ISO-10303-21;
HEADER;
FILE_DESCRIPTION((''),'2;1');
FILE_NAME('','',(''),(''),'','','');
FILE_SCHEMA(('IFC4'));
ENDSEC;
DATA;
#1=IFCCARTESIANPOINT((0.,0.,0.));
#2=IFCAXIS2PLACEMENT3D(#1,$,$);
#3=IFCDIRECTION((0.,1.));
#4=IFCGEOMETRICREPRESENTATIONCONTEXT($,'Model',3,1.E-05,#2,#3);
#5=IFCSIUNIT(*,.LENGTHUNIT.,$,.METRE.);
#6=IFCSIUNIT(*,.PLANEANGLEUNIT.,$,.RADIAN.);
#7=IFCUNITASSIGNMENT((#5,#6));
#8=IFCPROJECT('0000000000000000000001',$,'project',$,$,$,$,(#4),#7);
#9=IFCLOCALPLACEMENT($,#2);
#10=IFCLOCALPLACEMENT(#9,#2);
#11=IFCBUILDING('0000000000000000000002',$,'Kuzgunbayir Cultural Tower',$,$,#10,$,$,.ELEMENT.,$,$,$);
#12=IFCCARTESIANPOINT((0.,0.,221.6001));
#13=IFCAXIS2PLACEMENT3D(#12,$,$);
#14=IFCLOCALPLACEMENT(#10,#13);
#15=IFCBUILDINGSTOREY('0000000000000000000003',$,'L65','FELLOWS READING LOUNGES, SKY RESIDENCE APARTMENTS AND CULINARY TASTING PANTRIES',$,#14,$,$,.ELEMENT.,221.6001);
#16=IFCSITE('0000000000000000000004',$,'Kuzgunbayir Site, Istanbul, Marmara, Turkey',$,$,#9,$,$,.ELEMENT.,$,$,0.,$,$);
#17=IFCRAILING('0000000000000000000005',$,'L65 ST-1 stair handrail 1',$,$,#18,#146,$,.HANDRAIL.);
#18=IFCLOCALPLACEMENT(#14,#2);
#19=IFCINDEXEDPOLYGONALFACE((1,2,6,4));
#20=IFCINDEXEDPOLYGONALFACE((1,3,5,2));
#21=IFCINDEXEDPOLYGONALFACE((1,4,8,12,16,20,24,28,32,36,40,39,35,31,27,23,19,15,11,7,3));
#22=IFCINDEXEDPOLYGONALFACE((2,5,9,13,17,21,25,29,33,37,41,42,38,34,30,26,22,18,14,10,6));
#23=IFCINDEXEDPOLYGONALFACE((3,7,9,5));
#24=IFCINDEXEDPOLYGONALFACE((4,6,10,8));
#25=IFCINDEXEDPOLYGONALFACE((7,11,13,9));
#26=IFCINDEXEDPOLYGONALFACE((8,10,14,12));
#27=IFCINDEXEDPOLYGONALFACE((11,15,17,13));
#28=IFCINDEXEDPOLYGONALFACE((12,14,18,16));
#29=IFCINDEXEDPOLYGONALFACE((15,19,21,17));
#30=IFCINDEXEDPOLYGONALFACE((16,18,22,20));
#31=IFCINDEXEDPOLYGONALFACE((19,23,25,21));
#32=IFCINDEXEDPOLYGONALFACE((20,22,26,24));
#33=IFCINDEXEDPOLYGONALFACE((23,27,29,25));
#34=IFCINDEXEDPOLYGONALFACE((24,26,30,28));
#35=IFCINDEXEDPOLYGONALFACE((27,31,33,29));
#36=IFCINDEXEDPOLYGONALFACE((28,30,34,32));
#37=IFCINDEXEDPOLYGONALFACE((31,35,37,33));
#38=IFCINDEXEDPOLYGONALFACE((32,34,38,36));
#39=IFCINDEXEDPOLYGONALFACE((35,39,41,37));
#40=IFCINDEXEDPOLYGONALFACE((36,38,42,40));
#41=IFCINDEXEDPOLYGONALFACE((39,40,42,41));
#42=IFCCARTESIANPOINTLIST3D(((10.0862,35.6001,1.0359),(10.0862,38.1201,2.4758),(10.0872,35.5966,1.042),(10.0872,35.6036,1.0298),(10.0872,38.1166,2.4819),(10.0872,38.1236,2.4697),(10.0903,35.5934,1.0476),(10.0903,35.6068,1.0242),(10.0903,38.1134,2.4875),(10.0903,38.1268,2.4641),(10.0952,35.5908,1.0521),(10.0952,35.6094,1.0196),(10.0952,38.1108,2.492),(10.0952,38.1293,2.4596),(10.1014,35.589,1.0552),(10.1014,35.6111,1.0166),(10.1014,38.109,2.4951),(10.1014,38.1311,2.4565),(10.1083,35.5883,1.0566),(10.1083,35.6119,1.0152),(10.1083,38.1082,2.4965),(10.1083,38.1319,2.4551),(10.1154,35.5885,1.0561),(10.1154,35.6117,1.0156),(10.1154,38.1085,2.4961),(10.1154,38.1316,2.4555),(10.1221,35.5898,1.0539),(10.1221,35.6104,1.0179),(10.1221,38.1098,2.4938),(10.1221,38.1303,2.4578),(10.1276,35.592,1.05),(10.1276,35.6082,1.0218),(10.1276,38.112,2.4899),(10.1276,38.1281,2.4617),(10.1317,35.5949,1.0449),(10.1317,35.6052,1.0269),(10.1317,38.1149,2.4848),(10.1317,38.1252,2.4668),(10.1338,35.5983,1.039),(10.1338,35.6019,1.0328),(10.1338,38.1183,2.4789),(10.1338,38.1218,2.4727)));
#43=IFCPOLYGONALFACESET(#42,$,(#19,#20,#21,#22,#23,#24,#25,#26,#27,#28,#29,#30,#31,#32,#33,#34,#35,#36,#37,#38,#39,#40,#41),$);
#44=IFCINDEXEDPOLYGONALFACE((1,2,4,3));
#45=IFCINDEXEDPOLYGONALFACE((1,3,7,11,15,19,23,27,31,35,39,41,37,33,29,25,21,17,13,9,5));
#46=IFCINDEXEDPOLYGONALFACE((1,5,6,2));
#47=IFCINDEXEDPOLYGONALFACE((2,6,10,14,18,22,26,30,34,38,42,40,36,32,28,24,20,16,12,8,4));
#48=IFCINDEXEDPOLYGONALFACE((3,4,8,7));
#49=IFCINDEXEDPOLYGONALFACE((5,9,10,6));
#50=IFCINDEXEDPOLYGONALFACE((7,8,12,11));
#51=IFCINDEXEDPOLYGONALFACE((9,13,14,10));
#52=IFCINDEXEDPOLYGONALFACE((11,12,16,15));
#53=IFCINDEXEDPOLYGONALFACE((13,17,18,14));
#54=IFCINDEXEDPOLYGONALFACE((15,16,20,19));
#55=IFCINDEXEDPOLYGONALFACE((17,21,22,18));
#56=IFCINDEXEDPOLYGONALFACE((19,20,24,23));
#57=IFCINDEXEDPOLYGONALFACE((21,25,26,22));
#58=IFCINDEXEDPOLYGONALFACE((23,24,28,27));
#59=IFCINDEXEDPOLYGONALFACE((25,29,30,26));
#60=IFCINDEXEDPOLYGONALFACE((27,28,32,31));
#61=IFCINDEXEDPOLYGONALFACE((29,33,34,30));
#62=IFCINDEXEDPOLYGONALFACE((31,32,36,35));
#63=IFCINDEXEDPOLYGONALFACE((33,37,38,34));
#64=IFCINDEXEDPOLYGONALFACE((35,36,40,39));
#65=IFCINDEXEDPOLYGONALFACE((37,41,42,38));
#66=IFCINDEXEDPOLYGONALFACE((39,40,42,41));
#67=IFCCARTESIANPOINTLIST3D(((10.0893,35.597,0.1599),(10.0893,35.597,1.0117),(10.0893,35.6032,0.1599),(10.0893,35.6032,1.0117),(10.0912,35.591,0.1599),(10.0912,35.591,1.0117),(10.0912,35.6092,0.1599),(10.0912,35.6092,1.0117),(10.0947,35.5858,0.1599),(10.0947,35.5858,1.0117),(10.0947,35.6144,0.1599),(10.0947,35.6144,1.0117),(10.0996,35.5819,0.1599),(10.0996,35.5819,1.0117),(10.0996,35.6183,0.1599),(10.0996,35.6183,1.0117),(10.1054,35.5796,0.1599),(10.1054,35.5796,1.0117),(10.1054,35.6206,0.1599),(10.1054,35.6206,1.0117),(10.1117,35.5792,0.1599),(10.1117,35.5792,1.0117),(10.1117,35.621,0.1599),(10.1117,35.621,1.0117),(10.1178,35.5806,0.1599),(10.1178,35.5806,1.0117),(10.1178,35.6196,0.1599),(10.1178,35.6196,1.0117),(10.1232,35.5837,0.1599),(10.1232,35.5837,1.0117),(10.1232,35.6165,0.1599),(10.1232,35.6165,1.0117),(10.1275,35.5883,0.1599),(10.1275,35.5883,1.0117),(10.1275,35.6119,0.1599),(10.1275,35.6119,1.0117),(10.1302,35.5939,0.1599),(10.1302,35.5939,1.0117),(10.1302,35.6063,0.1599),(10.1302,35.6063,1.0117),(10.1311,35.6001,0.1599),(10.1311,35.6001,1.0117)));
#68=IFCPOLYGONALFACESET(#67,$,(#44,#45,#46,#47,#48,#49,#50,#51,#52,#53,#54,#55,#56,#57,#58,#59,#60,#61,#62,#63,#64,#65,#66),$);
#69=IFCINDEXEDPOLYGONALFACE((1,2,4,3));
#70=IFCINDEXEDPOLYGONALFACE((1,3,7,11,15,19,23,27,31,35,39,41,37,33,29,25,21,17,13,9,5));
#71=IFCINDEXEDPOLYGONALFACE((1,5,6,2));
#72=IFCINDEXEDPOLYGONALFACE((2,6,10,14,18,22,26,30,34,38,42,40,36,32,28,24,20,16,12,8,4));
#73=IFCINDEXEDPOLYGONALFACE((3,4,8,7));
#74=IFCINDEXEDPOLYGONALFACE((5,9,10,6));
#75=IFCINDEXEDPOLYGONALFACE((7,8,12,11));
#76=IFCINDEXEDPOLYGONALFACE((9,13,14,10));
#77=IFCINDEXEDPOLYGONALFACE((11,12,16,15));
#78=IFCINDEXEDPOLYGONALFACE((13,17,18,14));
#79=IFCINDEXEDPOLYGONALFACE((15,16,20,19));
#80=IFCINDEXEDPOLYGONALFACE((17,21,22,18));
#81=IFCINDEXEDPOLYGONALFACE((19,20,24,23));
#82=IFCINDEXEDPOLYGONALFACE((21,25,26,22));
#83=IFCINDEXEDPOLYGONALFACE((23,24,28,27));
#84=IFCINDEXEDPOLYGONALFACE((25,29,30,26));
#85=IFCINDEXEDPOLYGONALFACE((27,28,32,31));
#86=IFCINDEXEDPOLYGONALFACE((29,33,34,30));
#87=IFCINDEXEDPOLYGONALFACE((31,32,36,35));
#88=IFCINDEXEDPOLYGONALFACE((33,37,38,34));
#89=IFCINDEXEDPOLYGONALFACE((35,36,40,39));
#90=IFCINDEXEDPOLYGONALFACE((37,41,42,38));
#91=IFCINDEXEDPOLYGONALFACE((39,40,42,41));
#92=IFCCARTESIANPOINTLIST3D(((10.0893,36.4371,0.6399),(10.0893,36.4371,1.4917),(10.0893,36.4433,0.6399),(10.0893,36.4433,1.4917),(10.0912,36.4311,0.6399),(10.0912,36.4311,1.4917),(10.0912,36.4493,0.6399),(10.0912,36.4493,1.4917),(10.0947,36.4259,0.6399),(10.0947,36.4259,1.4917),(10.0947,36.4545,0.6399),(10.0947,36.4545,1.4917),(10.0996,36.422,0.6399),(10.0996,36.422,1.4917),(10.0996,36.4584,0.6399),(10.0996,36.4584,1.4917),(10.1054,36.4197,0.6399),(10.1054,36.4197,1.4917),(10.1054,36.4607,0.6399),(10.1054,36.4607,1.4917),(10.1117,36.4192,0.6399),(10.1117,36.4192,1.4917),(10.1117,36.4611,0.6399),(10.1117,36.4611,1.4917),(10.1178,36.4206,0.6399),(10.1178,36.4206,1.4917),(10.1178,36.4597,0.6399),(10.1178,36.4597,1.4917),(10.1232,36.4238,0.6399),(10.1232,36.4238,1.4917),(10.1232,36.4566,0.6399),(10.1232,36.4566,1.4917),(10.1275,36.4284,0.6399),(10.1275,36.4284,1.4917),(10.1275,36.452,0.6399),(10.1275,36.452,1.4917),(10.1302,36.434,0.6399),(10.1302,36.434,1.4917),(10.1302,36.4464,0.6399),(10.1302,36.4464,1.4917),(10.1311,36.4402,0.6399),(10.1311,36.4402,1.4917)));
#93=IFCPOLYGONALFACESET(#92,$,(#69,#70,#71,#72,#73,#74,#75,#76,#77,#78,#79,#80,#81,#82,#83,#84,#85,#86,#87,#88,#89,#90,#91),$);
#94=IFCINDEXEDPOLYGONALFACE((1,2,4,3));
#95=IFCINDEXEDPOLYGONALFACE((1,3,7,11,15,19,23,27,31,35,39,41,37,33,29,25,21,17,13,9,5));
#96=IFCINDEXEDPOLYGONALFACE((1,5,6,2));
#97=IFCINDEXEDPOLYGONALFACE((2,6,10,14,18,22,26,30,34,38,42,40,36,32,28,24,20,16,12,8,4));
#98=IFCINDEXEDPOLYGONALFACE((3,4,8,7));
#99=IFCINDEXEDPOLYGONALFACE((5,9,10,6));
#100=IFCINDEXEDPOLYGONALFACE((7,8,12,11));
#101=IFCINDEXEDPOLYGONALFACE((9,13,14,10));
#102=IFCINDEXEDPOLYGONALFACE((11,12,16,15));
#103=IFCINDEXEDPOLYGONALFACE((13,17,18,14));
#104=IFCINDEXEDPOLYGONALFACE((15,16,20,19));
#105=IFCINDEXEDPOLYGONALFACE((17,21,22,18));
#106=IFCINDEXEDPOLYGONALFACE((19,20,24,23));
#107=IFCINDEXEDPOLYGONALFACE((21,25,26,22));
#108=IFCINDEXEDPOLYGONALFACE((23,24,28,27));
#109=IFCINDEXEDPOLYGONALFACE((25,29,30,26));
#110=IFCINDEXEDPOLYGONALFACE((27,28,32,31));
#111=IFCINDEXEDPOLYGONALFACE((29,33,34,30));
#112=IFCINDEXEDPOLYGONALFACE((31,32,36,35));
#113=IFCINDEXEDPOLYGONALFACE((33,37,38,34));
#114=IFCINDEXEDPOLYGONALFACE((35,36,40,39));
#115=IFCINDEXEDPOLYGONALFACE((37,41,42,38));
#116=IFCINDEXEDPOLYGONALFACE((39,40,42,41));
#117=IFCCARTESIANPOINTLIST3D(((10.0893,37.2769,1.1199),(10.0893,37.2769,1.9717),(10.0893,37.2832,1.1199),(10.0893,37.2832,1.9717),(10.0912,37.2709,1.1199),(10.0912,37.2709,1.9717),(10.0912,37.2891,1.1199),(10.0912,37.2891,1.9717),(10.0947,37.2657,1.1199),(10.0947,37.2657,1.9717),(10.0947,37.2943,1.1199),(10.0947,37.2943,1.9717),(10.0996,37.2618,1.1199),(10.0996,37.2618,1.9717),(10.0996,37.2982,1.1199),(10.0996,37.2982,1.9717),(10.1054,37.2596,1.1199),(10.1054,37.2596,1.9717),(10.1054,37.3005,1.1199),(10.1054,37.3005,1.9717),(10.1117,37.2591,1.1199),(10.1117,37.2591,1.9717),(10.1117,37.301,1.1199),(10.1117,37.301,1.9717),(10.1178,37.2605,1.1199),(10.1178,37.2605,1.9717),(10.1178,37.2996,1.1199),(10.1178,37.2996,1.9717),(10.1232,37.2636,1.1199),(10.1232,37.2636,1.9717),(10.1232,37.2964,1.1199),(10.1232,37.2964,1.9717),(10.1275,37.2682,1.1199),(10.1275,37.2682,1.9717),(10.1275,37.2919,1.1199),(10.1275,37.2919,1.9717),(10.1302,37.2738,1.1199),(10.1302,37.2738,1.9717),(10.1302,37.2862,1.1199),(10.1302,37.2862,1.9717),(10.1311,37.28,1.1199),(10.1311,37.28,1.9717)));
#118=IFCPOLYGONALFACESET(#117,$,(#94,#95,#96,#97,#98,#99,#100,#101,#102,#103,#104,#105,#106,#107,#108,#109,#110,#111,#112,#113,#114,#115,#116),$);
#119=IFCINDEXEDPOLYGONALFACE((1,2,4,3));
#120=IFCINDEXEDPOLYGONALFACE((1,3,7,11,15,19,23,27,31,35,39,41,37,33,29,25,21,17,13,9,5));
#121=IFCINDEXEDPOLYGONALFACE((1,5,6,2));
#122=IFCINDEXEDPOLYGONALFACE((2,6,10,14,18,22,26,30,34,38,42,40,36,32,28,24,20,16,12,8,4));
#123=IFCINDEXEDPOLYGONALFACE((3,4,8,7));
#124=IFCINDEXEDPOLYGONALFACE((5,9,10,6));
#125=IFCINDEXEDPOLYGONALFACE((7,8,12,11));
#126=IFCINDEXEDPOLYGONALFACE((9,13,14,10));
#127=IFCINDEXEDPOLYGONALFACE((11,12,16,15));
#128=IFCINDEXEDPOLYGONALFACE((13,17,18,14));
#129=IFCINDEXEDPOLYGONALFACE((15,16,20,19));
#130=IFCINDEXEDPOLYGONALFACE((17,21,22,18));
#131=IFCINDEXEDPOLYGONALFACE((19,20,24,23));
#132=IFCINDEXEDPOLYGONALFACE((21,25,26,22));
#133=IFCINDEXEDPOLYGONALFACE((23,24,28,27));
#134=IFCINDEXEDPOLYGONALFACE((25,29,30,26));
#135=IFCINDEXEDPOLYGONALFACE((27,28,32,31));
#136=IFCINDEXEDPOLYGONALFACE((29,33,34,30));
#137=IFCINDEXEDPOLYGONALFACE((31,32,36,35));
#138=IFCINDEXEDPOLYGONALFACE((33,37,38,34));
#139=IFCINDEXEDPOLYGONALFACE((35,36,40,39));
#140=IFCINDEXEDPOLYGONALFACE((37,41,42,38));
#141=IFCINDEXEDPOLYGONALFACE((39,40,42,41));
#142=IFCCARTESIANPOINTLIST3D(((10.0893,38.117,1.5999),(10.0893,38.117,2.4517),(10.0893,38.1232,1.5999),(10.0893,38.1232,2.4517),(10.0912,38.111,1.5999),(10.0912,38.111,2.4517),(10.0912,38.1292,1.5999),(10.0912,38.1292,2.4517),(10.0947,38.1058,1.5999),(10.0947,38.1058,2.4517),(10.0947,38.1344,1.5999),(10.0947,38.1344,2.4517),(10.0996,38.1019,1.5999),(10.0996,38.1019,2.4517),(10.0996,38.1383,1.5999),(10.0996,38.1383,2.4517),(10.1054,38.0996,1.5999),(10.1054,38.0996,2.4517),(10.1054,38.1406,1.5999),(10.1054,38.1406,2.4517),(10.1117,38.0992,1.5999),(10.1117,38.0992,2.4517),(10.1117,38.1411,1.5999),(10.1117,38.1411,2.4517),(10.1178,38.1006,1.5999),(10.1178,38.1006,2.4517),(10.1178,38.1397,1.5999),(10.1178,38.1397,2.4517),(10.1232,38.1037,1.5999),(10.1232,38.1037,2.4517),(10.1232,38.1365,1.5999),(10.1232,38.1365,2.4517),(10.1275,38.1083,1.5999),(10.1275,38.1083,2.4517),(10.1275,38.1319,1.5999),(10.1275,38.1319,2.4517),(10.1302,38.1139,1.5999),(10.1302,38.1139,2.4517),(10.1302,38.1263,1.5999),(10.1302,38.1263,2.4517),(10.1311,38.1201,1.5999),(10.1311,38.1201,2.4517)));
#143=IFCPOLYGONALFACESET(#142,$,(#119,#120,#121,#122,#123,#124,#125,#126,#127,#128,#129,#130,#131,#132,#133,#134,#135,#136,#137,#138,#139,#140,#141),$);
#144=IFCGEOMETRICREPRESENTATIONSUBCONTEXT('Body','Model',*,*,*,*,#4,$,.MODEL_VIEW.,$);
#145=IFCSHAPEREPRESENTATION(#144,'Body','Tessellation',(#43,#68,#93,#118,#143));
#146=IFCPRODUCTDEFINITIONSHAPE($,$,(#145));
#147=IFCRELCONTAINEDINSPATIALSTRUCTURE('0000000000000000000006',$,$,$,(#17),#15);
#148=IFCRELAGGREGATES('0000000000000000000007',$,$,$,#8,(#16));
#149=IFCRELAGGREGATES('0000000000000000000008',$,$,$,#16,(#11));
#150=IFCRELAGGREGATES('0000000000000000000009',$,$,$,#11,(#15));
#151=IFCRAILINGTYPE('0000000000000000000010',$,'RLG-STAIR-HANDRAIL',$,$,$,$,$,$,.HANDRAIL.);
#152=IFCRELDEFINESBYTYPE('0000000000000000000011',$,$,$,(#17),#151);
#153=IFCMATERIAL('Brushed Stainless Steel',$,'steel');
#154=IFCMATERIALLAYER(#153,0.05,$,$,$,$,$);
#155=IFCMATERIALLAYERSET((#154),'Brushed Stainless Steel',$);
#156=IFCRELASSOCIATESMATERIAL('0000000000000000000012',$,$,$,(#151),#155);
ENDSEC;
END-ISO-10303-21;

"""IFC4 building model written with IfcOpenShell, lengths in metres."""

from ifc_helpers import new_model, si_unit, direction, frame, origin, origin_2d, place, context, subcontext, project, spatial, circle, extrude, material, layer, layer_set, type_object, element, save


model = new_model("IFC4")

# Units and contexts
model_context = context("Model", 3, precision=1e-05, world=origin(), true_north=direction((0.0, 1.0)))
body_context = subcontext(model_context, "Body", "Model", "MODEL_VIEW")
ifc_project = project(units=[si_unit("LENGTHUNIT", "METRE"), si_unit("PLANEANGLEUNIT", "RADIAN")], contexts=[model_context])

# Site, building, storey
site_placement = place(None, origin())
site = spatial("IfcSite", under=ifc_project, at=site_placement, Name="Kuzgunbayir Site, Istanbul, Marmara, Turkey", CompositionType="ELEMENT", RefElevation=0.0)
building_placement = place(site_placement, origin())
building = spatial("IfcBuilding", under=site, at=building_placement, Name="Kuzgunbayir Cultural Tower", CompositionType="ELEMENT")
storey_placement = place(building_placement, frame((0.0, 0.0, 221.6001)))
storey = spatial("IfcBuildingStorey", under=building, at=storey_placement, Name="L65", Description="FELLOWS READING LOUNGES, SKY RESIDENCE APARTMENTS AND CULINARY TASTING PANTRIES", CompositionType="ELEMENT", Elevation=221.6001)

# Shared definitions
ifc_material_1 = material(Name="Brushed Stainless Steel", Category="steel")

# Railing
ifc_layer_1 = layer(ifc_material_1, 0.05)
ifc_layer_set_1 = layer_set([ifc_layer_1], Name="Brushed Stainless Steel")
railing_type_1 = type_object("IfcRailingType", Name="RLG-STAIR-HANDRAIL", PredefinedType="HANDRAIL", material=ifc_layer_set_1)
railing_1_placement = place(storey_placement, frame((10.1101, 35.6001, 0.1599)))
element("IfcRailing", 1, at=railing_1_placement, inside=storey, type_object=railing_type_1, Name="L65 ST-1 stair handrail 1", PredefinedType="HANDRAIL", context=body_context, shape_type="SweptSolid", body=[
    extrude(circle(Radius=0.0239, at=origin_2d()), frame((0.0, 0.0, 0.876), z_axis=(0.0, 0.868253, 0.496121), x_axis=(-1.0, 0.0, 0.0)), (0.0, 0.0, 1.0), 2.9023),
    extrude(circle(Radius=0.021, at=origin_2d()), origin(), (0.0, 0.0, 1.0), 0.8518),
    extrude(circle(Radius=0.021, at=origin_2d()), frame((0.0, 0.8401, 0.48)), (0.0, 0.0, 1.0), 0.8518),
    extrude(circle(Radius=0.021, at=origin_2d()), frame((0.0, 1.6799, 0.96)), (0.0, 0.0, 1.0), 0.8518),
    extrude(circle(Radius=0.021, at=origin_2d()), frame((0.0, 2.52, 1.4399)), (0.0, 0.0, 1.0), 0.8518),
])

save(model, "model.ifc")
